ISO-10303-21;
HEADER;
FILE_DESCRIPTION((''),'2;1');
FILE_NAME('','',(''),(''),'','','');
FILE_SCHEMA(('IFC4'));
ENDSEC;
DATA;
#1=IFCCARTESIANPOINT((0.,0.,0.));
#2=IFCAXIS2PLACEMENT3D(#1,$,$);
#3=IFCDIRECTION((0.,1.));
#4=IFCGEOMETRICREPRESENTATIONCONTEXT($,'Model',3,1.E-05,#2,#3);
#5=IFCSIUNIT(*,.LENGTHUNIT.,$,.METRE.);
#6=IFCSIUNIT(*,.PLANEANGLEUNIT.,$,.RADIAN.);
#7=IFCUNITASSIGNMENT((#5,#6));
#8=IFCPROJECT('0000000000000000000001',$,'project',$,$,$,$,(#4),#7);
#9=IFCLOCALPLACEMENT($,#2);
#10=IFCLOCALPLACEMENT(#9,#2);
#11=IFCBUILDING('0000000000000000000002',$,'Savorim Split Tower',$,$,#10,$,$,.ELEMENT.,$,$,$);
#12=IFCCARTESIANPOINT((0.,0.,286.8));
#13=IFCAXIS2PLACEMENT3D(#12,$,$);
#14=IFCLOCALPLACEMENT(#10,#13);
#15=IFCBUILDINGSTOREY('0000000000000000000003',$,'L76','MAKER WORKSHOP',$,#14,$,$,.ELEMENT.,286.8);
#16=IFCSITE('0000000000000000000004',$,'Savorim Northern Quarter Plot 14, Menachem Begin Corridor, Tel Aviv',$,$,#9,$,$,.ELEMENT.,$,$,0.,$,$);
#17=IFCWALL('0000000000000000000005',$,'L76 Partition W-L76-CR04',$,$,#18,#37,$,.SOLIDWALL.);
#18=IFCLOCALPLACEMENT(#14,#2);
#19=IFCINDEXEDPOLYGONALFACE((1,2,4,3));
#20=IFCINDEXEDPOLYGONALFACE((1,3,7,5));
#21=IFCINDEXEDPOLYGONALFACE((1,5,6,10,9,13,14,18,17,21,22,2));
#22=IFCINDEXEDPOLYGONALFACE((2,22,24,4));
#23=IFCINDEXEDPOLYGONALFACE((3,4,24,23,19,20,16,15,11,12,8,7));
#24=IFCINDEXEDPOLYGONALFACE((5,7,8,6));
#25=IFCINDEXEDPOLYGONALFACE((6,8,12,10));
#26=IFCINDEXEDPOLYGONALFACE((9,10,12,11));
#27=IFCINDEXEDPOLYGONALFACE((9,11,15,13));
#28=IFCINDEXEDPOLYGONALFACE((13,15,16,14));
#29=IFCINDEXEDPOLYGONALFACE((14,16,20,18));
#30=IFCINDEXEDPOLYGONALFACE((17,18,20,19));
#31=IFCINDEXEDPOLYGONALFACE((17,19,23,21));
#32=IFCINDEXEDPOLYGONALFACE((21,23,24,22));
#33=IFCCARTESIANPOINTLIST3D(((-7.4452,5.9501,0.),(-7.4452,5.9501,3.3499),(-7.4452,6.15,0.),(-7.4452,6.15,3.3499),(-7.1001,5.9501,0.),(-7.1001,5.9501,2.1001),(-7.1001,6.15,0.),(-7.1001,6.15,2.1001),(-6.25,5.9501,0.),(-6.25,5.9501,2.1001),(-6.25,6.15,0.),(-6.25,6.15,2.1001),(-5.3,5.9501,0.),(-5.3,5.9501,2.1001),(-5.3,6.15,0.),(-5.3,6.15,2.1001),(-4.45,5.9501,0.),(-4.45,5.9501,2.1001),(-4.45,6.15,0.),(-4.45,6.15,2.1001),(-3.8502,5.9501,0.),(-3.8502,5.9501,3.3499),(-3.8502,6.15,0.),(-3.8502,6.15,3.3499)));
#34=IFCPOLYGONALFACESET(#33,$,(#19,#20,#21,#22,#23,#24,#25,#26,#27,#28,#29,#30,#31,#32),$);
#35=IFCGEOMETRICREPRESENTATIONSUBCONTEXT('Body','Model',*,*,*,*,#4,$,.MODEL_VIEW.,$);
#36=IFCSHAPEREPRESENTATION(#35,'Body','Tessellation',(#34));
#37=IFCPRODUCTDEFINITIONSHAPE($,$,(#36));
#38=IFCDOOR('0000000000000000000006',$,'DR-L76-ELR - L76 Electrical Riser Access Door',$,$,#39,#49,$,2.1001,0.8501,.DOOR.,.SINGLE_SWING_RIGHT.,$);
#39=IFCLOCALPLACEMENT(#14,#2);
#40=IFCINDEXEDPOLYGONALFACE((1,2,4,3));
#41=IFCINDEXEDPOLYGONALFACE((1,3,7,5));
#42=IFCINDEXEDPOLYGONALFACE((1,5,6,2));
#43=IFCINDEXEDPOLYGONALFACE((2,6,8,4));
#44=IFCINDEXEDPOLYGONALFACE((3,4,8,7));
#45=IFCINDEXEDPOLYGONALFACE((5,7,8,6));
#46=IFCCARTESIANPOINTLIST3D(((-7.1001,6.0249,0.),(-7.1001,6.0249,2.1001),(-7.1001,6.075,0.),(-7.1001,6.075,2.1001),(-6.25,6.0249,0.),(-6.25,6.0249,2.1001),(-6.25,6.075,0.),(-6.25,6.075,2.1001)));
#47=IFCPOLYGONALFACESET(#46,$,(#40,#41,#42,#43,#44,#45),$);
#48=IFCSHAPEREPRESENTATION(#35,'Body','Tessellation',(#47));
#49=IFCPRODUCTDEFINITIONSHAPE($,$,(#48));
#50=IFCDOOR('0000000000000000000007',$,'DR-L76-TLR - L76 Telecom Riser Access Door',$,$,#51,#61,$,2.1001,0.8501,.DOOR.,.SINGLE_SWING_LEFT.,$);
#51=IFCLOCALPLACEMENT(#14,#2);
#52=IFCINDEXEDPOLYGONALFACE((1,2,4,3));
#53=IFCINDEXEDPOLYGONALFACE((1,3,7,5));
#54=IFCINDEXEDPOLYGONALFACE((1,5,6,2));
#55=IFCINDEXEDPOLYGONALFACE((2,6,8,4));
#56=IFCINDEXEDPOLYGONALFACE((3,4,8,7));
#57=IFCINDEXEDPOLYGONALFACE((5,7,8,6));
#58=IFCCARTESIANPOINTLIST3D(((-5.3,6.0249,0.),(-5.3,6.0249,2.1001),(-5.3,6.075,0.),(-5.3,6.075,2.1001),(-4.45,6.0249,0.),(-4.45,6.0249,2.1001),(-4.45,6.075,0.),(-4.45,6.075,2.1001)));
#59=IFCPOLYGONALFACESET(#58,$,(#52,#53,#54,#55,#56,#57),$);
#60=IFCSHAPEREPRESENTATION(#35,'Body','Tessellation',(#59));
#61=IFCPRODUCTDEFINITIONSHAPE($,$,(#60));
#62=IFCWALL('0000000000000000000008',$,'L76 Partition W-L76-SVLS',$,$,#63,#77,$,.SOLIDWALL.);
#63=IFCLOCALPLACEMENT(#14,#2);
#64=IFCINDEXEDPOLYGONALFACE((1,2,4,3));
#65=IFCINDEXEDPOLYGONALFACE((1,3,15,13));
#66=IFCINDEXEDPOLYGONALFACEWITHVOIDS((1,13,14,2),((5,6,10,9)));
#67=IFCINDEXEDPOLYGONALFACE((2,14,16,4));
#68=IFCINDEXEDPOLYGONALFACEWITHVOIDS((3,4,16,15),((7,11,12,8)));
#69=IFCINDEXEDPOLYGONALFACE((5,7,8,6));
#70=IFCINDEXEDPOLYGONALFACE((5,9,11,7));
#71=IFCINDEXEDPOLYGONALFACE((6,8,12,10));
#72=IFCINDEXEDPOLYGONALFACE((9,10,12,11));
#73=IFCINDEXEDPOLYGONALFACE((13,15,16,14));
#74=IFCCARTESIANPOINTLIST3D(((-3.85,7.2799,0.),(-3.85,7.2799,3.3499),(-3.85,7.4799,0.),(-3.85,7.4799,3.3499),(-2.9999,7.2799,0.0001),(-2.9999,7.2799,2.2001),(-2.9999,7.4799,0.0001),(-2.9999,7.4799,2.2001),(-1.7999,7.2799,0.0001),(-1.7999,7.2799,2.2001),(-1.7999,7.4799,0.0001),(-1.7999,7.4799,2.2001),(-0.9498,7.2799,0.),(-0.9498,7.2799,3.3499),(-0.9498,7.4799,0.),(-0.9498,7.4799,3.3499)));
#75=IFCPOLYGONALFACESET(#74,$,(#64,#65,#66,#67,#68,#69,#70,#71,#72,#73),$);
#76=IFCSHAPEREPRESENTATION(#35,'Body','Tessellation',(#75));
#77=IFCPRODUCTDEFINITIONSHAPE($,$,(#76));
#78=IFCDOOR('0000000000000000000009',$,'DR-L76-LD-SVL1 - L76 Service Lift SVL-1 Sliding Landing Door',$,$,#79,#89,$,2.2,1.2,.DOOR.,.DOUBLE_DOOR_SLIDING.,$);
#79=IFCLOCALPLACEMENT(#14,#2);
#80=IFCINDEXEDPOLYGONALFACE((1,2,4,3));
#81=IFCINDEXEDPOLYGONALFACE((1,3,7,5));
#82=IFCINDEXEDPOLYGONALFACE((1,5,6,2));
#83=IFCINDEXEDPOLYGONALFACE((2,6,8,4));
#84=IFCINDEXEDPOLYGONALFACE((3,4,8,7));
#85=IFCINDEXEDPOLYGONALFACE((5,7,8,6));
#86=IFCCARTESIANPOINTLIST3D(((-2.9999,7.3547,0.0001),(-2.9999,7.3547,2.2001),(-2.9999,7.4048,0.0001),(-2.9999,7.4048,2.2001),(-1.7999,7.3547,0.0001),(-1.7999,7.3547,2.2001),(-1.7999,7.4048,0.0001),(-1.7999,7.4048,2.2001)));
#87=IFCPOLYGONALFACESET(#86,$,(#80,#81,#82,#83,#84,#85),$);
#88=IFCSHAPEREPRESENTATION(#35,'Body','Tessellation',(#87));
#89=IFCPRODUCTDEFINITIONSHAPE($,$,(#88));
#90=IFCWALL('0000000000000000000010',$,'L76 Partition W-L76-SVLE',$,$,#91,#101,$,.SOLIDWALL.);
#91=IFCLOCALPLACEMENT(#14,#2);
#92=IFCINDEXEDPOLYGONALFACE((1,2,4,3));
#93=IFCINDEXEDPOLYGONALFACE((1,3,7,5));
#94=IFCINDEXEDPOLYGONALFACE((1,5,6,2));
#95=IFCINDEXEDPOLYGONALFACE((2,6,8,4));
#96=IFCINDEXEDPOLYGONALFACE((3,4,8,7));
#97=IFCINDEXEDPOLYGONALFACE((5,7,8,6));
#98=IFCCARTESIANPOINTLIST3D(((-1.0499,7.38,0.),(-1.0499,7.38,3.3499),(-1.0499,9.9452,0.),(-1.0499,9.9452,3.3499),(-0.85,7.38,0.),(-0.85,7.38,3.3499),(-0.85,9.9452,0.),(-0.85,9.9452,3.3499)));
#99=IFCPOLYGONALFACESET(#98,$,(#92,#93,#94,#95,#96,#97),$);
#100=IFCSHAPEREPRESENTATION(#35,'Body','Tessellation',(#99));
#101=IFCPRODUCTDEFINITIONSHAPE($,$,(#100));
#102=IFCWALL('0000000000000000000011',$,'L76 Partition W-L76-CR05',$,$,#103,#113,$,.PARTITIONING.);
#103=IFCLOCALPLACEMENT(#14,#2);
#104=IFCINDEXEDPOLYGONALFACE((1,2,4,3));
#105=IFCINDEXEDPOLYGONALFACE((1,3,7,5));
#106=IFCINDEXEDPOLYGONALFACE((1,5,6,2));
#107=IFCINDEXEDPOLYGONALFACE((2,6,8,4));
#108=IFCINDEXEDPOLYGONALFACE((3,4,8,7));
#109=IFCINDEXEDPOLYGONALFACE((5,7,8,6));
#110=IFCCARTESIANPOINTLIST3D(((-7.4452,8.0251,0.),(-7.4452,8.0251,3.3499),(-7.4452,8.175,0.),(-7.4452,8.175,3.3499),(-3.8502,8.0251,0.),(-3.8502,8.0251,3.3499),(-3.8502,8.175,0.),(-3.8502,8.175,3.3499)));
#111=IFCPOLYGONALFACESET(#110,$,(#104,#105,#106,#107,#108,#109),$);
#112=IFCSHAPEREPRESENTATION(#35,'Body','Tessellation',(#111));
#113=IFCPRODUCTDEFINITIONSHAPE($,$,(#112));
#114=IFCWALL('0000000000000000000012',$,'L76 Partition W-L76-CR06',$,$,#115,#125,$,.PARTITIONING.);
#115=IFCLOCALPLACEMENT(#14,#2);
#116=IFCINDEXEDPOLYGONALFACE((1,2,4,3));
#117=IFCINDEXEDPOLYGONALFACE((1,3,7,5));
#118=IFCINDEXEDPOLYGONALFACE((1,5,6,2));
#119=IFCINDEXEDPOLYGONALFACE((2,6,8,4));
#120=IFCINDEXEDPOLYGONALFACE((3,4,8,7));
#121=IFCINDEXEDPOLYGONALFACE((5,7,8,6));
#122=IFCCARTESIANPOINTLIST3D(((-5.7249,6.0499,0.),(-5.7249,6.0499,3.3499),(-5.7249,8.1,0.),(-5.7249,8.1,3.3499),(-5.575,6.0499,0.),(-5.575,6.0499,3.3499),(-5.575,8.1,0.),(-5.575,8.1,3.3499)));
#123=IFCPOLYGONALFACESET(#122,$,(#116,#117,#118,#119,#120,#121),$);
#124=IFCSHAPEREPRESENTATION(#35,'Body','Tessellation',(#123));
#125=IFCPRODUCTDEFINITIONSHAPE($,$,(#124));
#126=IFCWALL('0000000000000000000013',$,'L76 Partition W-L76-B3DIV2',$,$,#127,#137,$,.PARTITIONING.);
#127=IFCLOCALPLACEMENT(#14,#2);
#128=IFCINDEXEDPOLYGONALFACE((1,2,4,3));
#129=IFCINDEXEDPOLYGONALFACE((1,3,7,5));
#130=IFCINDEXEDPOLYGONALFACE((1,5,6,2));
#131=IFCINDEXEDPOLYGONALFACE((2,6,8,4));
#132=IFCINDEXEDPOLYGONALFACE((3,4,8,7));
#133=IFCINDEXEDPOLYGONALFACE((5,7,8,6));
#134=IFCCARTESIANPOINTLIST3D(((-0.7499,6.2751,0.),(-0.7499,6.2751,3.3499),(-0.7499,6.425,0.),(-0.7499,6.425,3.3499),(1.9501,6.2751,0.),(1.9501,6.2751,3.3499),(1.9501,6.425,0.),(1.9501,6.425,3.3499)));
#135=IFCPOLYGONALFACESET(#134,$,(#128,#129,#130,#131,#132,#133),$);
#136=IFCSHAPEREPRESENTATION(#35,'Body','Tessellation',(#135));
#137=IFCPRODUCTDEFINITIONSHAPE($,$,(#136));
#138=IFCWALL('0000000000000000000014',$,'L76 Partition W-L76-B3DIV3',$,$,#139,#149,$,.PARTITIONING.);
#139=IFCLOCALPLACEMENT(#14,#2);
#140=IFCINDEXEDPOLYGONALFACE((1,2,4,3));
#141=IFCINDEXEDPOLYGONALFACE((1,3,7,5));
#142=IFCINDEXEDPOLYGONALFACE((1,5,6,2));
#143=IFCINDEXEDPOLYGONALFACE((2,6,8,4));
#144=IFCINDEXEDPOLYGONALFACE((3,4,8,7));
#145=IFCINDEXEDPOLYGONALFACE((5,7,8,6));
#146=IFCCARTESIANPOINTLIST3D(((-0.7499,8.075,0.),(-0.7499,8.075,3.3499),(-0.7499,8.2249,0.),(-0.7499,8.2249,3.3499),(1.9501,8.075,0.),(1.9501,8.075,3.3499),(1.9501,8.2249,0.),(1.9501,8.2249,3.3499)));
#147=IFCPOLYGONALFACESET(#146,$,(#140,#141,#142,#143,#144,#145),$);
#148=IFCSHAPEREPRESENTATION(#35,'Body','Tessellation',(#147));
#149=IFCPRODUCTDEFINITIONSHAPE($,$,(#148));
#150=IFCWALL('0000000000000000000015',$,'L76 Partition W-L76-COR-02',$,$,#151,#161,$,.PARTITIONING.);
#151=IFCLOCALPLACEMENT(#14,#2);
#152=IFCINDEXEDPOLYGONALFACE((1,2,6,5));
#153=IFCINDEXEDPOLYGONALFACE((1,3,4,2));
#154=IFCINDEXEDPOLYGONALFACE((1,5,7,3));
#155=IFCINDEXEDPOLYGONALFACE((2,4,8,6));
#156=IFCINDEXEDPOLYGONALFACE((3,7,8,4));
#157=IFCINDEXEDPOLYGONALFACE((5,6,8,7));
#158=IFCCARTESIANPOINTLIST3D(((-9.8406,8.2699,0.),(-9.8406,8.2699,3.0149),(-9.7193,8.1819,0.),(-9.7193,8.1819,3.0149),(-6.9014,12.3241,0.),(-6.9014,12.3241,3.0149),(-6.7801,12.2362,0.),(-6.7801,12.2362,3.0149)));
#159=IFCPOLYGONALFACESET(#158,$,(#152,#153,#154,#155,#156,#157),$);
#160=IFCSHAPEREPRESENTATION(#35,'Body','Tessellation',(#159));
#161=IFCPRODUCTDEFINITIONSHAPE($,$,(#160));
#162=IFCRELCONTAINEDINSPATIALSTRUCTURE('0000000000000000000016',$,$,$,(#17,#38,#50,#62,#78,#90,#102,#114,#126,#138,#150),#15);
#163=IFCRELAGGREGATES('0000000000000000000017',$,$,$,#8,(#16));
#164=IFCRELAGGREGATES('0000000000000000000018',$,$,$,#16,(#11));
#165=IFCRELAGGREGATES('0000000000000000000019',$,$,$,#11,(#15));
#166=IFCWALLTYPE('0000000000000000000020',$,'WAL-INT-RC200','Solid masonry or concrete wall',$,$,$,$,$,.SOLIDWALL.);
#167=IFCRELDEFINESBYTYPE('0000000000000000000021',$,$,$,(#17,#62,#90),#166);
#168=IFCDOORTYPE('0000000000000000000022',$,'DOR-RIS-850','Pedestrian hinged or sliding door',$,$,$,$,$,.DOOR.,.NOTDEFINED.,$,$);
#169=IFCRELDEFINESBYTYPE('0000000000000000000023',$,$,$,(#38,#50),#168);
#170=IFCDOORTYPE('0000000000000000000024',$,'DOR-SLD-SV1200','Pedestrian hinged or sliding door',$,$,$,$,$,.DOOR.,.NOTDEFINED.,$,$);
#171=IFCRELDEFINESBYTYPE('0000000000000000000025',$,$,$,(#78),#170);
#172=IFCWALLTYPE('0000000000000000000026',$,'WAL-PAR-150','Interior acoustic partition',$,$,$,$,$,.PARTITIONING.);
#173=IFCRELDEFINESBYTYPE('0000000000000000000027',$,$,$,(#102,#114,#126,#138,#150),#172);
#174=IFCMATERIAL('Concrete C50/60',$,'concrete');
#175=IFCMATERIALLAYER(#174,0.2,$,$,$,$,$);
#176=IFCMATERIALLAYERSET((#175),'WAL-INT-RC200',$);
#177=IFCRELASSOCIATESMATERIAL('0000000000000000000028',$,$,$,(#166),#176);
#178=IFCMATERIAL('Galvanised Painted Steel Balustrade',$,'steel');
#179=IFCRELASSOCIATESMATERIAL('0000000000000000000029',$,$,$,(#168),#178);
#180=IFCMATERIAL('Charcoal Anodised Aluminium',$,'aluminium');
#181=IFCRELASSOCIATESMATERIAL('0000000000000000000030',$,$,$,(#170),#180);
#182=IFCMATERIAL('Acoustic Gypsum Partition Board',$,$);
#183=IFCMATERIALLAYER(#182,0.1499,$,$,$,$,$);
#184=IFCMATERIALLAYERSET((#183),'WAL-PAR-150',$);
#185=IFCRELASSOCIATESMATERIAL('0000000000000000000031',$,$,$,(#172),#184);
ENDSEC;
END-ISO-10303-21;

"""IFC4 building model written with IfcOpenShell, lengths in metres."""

from ifc_helpers import new_model, si_unit, direction, frame, frame_2d, origin, place, context, subcontext, project, spatial, rectangle, extrude, material, layer, layer_set, type_object, element, fill, save


model = new_model("IFC4")

# Units and contexts
model_context = context("Model", 3, precision=1e-05, world=origin(), true_north=direction((0.0, 1.0)))
body_context = subcontext(model_context, "Body", "Model", "MODEL_VIEW")
ifc_project = project(units=[si_unit("LENGTHUNIT", "METRE"), si_unit("PLANEANGLEUNIT", "RADIAN")], contexts=[model_context])

# Site, building, storey
site_placement = place(None, origin())
site = spatial("IfcSite", under=ifc_project, at=site_placement, Name="Savorim Northern Quarter Plot 14, Menachem Begin Corridor, Tel Aviv", CompositionType="ELEMENT", RefElevation=0.0)
building_placement = place(site_placement, origin())
building = spatial("IfcBuilding", under=site, at=building_placement, Name="Savorim Split Tower", CompositionType="ELEMENT")
storey_placement = place(building_placement, frame((0.0, 0.0, 286.8)))
storey = spatial("IfcBuildingStorey", under=building, at=storey_placement, Name="L76", Description="MAKER WORKSHOP", CompositionType="ELEMENT", Elevation=286.8)

# Shared definitions
ifc_material_1 = material(Name="Charcoal Anodised Aluminium", Category="aluminium")

# Wall, openings, doors
ifc_material_2 = material(Name="Concrete C50/60", Category="concrete")
ifc_layer_1 = layer(ifc_material_2, 0.2)
ifc_layer_set_1 = layer_set([ifc_layer_1], Name="WAL-INT-RC200")
wall_type_1 = type_object("IfcWallType", Name="WAL-INT-RC200", Description="Solid masonry or concrete wall", PredefinedType="SOLIDWALL", material=ifc_layer_set_1)
wall_1_placement = place(storey_placement, frame((-7.4451, 6.05, 0.0), z_axis=(0.0, 0.0, 1.0), x_axis=(1.0, 0.0, 0.0)))
wall_1 = element("IfcWall", 1, at=wall_1_placement, inside=storey, type_object=wall_type_1, Name="L76 Partition W-L76-CR04", PredefinedType="SOLIDWALL", context=body_context, shape_type="SweptSolid", body=[
    extrude(rectangle(XDim=3.595, YDim=0.2, at=frame_2d((1.7974, 0.0))), origin(), (0.0, 0.0, 1.0), 3.3499),
])
opening_1_placement = place(wall_1_placement, frame((0.345, 0.0, 0.0)))
opening_1 = element("IfcOpeningElement", 2, at=opening_1_placement, cuts=wall_1, PredefinedType="OPENING", context=body_context, shape_type="SweptSolid", body=[
    extrude(rectangle(XDim=0.8501, YDim=2.1001, at=frame_2d((0.425, 1.05))), frame((0.0, 0.1099, 0.0), z_axis=(0.0, -1.0, 0.0), x_axis=(1.0, 0.0, 0.0)), (0.0, 0.0, 1.0), 0.22),
])
opening_2_placement = place(wall_1_placement, frame((2.145, 0.0, 0.0)))
opening_2 = element("IfcOpeningElement", 3, at=opening_2_placement, cuts=wall_1, PredefinedType="OPENING", context=body_context, shape_type="SweptSolid", body=[
    extrude(rectangle(XDim=0.8501, YDim=2.1001, at=frame_2d((0.425, 1.05))), frame((0.0, 0.1099, 0.0), z_axis=(0.0, -1.0, 0.0), x_axis=(1.0, 0.0, 0.0)), (0.0, 0.0, 1.0), 0.22),
])
ifc_material_3 = material(Name="Galvanised Painted Steel Balustrade", Category="steel")
door_type_1 = type_object("IfcDoorType", Name="DOR-RIS-850", Description="Pedestrian hinged or sliding door", OperationType="NOTDEFINED", PredefinedType="DOOR", material=ifc_material_3)
door_1_placement = place(opening_1_placement, origin())
door_1 = element("IfcDoor", 4, at=door_1_placement, inside=storey, type_object=door_type_1, Name="DR-L76-ELR - L76 Electrical Riser Access Door", OperationType="SINGLE_SWING_RIGHT", OverallHeight=2.1001, OverallWidth=0.8501, PredefinedType="DOOR", context=body_context, shape_type="SweptSolid", body=[
    extrude(rectangle(XDim=0.8501, YDim=2.1001, at=frame_2d((0.425, 1.05))), frame((0.0, 0.0249, 0.0), z_axis=(0.0, -1.0, 0.0), x_axis=(1.0, 0.0, 0.0)), (0.0, 0.0, 1.0), 0.05),
])
fill(opening_1, door_1)
door_2_placement = place(opening_2_placement, origin())
door_2 = element("IfcDoor", 5, at=door_2_placement, inside=storey, type_object=door_type_1, Name="DR-L76-TLR - L76 Telecom Riser Access Door", OperationType="SINGLE_SWING_LEFT", OverallHeight=2.1001, OverallWidth=0.8501, PredefinedType="DOOR", context=body_context, shape_type="SweptSolid", body=[
    extrude(rectangle(XDim=0.8501, YDim=2.1001, at=frame_2d((0.425, 1.05))), frame((0.0, 0.0249, 0.0), z_axis=(0.0, -1.0, 0.0), x_axis=(1.0, 0.0, 0.0)), (0.0, 0.0, 1.0), 0.05),
])
fill(opening_2, door_2)

# Wall, opening, door
wall_2_placement = place(storey_placement, frame((-3.8501, 7.3799, 0.0), z_axis=(0.0, 0.0, 1.0), x_axis=(1.0, 0.0, 0.0)))
wall_2 = element("IfcWall", 6, at=wall_2_placement, inside=storey, type_object=wall_type_1, Name="L76 Partition W-L76-SVLS", PredefinedType="SOLIDWALL", context=body_context, shape_type="SweptSolid", body=[
    extrude(rectangle(XDim=2.9001, YDim=0.2, at=frame_2d((1.4502, 0.0))), origin(), (0.0, 0.0, 1.0), 3.3499),
])
opening_3_placement = place(wall_2_placement, frame((0.8501, 0.0, 0.0)))
opening_3 = element("IfcOpeningElement", 7, at=opening_3_placement, cuts=wall_2, PredefinedType="OPENING", context=body_context, shape_type="SweptSolid", body=[
    extrude(rectangle(XDim=1.2, YDim=2.2, at=frame_2d((0.6001, 1.1001))), frame((0.0, 0.1099, 0.0), z_axis=(0.0, -1.0, 0.0), x_axis=(1.0, 0.0, 0.0)), (0.0, 0.0, 1.0), 0.22),
])
door_type_2 = type_object("IfcDoorType", Name="DOR-SLD-SV1200", Description="Pedestrian hinged or sliding door", OperationType="NOTDEFINED", PredefinedType="DOOR", material=ifc_material_1)
door_3_placement = place(opening_3_placement, origin())
door_3 = element("IfcDoor", 8, at=door_3_placement, inside=storey, type_object=door_type_2, Name="DR-L76-LD-SVL1 - L76 Service Lift SVL-1 Sliding Landing Door", OperationType="DOUBLE_DOOR_SLIDING", OverallHeight=2.2, OverallWidth=1.2, PredefinedType="DOOR", context=body_context, shape_type="SweptSolid", body=[
    extrude(rectangle(XDim=1.2, YDim=2.2, at=frame_2d((0.6001, 1.1001))), frame((0.0, 0.0249, 0.0), z_axis=(0.0, -1.0, 0.0), x_axis=(1.0, 0.0, 0.0)), (0.0, 0.0, 1.0), 0.05),
])
fill(opening_3, door_3)

# Walls
wall_3_placement = place(storey_placement, frame((-0.95, 7.3799, 0.0), z_axis=(0.0, 0.0, 1.0), x_axis=(0.0, 1.0, 0.0)))
element("IfcWall", 9, at=wall_3_placement, inside=storey, type_object=wall_type_1, Name="L76 Partition W-L76-SVLE", PredefinedType="SOLIDWALL", context=body_context, shape_type="SweptSolid", body=[
    extrude(rectangle(XDim=2.5652, YDim=0.2, at=frame_2d((1.2827, 0.0))), origin(), (0.0, 0.0, 1.0), 3.3499),
])
ifc_material_4 = material(Name="Acoustic Gypsum Partition Board")
ifc_layer_2 = layer(ifc_material_4, 0.1499)
ifc_layer_set_2 = layer_set([ifc_layer_2], Name="WAL-PAR-150")
wall_type_2 = type_object("IfcWallType", Name="WAL-PAR-150", Description="Interior acoustic partition", PredefinedType="PARTITIONING", material=ifc_layer_set_2)
wall_4_placement = place(storey_placement, frame((-7.4451, 8.1001, 0.0), z_axis=(0.0, 0.0, 1.0), x_axis=(1.0, 0.0, 0.0)))
element("IfcWall", 10, at=wall_4_placement, inside=storey, type_object=wall_type_2, Name="L76 Partition W-L76-CR05", PredefinedType="PARTITIONING", context=body_context, shape_type="SweptSolid", body=[
    extrude(rectangle(XDim=3.595, YDim=0.1499, at=frame_2d((1.7974, 0.0))), origin(), (0.0, 0.0, 1.0), 3.3499),
])
wall_5_placement = place(storey_placement, frame((-5.6499, 6.05, 0.0), z_axis=(0.0, 0.0, 1.0), x_axis=(0.0, 1.0, 0.0)))
element("IfcWall", 11, at=wall_5_placement, inside=storey, type_object=wall_type_2, Name="L76 Partition W-L76-CR06", PredefinedType="PARTITIONING", context=body_context, shape_type="SweptSolid", body=[
    extrude(rectangle(XDim=2.05, YDim=0.1499, at=frame_2d((1.0249, 0.0))), origin(), (0.0, 0.0, 1.0), 3.3499),
])
for number, where, z_axis, x_axis, name in (
    (12, (-0.75, 6.3501, 0.0), (0.0, 0.0, 1.0), (1.0, 0.0, 0.0), "L76 Partition W-L76-B3DIV2"),
    (13, (-0.75, 8.1499, 0.0), (0.0, 0.0, 1.0), (1.0, 0.0, 0.0), "L76 Partition W-L76-B3DIV3"),
):
    element("IfcWall", number, at=place(storey_placement, frame(where, z_axis=z_axis, x_axis=x_axis)), inside=storey, type_object=wall_type_2, Name=name, PredefinedType="PARTITIONING", context=body_context, shape_type="SweptSolid", body=[
        extrude(rectangle(XDim=2.7, YDim=0.1499, at=frame_2d((1.3501, 0.0))), origin(), (0.0, 0.0, 1.0), 3.3499),
    ])
wall_6_placement = place(storey_placement, frame((-9.78, 8.2258, 0.0), z_axis=(0.0, 0.0, 1.0), x_axis=(0.586956, 0.809619, 0.0)))
element("IfcWall", 14, at=wall_6_placement, inside=storey, type_object=wall_type_2, Name="L76 Partition W-L76-COR-02", PredefinedType="PARTITIONING", context=body_context, shape_type="SweptSolid", body=[
    extrude(rectangle(XDim=5.0076, YDim=0.1499, at=frame_2d((2.5039, 0.0))), origin(), (0.0, 0.0, 1.0), 3.0149),
])

save(model, "model.ifc")
